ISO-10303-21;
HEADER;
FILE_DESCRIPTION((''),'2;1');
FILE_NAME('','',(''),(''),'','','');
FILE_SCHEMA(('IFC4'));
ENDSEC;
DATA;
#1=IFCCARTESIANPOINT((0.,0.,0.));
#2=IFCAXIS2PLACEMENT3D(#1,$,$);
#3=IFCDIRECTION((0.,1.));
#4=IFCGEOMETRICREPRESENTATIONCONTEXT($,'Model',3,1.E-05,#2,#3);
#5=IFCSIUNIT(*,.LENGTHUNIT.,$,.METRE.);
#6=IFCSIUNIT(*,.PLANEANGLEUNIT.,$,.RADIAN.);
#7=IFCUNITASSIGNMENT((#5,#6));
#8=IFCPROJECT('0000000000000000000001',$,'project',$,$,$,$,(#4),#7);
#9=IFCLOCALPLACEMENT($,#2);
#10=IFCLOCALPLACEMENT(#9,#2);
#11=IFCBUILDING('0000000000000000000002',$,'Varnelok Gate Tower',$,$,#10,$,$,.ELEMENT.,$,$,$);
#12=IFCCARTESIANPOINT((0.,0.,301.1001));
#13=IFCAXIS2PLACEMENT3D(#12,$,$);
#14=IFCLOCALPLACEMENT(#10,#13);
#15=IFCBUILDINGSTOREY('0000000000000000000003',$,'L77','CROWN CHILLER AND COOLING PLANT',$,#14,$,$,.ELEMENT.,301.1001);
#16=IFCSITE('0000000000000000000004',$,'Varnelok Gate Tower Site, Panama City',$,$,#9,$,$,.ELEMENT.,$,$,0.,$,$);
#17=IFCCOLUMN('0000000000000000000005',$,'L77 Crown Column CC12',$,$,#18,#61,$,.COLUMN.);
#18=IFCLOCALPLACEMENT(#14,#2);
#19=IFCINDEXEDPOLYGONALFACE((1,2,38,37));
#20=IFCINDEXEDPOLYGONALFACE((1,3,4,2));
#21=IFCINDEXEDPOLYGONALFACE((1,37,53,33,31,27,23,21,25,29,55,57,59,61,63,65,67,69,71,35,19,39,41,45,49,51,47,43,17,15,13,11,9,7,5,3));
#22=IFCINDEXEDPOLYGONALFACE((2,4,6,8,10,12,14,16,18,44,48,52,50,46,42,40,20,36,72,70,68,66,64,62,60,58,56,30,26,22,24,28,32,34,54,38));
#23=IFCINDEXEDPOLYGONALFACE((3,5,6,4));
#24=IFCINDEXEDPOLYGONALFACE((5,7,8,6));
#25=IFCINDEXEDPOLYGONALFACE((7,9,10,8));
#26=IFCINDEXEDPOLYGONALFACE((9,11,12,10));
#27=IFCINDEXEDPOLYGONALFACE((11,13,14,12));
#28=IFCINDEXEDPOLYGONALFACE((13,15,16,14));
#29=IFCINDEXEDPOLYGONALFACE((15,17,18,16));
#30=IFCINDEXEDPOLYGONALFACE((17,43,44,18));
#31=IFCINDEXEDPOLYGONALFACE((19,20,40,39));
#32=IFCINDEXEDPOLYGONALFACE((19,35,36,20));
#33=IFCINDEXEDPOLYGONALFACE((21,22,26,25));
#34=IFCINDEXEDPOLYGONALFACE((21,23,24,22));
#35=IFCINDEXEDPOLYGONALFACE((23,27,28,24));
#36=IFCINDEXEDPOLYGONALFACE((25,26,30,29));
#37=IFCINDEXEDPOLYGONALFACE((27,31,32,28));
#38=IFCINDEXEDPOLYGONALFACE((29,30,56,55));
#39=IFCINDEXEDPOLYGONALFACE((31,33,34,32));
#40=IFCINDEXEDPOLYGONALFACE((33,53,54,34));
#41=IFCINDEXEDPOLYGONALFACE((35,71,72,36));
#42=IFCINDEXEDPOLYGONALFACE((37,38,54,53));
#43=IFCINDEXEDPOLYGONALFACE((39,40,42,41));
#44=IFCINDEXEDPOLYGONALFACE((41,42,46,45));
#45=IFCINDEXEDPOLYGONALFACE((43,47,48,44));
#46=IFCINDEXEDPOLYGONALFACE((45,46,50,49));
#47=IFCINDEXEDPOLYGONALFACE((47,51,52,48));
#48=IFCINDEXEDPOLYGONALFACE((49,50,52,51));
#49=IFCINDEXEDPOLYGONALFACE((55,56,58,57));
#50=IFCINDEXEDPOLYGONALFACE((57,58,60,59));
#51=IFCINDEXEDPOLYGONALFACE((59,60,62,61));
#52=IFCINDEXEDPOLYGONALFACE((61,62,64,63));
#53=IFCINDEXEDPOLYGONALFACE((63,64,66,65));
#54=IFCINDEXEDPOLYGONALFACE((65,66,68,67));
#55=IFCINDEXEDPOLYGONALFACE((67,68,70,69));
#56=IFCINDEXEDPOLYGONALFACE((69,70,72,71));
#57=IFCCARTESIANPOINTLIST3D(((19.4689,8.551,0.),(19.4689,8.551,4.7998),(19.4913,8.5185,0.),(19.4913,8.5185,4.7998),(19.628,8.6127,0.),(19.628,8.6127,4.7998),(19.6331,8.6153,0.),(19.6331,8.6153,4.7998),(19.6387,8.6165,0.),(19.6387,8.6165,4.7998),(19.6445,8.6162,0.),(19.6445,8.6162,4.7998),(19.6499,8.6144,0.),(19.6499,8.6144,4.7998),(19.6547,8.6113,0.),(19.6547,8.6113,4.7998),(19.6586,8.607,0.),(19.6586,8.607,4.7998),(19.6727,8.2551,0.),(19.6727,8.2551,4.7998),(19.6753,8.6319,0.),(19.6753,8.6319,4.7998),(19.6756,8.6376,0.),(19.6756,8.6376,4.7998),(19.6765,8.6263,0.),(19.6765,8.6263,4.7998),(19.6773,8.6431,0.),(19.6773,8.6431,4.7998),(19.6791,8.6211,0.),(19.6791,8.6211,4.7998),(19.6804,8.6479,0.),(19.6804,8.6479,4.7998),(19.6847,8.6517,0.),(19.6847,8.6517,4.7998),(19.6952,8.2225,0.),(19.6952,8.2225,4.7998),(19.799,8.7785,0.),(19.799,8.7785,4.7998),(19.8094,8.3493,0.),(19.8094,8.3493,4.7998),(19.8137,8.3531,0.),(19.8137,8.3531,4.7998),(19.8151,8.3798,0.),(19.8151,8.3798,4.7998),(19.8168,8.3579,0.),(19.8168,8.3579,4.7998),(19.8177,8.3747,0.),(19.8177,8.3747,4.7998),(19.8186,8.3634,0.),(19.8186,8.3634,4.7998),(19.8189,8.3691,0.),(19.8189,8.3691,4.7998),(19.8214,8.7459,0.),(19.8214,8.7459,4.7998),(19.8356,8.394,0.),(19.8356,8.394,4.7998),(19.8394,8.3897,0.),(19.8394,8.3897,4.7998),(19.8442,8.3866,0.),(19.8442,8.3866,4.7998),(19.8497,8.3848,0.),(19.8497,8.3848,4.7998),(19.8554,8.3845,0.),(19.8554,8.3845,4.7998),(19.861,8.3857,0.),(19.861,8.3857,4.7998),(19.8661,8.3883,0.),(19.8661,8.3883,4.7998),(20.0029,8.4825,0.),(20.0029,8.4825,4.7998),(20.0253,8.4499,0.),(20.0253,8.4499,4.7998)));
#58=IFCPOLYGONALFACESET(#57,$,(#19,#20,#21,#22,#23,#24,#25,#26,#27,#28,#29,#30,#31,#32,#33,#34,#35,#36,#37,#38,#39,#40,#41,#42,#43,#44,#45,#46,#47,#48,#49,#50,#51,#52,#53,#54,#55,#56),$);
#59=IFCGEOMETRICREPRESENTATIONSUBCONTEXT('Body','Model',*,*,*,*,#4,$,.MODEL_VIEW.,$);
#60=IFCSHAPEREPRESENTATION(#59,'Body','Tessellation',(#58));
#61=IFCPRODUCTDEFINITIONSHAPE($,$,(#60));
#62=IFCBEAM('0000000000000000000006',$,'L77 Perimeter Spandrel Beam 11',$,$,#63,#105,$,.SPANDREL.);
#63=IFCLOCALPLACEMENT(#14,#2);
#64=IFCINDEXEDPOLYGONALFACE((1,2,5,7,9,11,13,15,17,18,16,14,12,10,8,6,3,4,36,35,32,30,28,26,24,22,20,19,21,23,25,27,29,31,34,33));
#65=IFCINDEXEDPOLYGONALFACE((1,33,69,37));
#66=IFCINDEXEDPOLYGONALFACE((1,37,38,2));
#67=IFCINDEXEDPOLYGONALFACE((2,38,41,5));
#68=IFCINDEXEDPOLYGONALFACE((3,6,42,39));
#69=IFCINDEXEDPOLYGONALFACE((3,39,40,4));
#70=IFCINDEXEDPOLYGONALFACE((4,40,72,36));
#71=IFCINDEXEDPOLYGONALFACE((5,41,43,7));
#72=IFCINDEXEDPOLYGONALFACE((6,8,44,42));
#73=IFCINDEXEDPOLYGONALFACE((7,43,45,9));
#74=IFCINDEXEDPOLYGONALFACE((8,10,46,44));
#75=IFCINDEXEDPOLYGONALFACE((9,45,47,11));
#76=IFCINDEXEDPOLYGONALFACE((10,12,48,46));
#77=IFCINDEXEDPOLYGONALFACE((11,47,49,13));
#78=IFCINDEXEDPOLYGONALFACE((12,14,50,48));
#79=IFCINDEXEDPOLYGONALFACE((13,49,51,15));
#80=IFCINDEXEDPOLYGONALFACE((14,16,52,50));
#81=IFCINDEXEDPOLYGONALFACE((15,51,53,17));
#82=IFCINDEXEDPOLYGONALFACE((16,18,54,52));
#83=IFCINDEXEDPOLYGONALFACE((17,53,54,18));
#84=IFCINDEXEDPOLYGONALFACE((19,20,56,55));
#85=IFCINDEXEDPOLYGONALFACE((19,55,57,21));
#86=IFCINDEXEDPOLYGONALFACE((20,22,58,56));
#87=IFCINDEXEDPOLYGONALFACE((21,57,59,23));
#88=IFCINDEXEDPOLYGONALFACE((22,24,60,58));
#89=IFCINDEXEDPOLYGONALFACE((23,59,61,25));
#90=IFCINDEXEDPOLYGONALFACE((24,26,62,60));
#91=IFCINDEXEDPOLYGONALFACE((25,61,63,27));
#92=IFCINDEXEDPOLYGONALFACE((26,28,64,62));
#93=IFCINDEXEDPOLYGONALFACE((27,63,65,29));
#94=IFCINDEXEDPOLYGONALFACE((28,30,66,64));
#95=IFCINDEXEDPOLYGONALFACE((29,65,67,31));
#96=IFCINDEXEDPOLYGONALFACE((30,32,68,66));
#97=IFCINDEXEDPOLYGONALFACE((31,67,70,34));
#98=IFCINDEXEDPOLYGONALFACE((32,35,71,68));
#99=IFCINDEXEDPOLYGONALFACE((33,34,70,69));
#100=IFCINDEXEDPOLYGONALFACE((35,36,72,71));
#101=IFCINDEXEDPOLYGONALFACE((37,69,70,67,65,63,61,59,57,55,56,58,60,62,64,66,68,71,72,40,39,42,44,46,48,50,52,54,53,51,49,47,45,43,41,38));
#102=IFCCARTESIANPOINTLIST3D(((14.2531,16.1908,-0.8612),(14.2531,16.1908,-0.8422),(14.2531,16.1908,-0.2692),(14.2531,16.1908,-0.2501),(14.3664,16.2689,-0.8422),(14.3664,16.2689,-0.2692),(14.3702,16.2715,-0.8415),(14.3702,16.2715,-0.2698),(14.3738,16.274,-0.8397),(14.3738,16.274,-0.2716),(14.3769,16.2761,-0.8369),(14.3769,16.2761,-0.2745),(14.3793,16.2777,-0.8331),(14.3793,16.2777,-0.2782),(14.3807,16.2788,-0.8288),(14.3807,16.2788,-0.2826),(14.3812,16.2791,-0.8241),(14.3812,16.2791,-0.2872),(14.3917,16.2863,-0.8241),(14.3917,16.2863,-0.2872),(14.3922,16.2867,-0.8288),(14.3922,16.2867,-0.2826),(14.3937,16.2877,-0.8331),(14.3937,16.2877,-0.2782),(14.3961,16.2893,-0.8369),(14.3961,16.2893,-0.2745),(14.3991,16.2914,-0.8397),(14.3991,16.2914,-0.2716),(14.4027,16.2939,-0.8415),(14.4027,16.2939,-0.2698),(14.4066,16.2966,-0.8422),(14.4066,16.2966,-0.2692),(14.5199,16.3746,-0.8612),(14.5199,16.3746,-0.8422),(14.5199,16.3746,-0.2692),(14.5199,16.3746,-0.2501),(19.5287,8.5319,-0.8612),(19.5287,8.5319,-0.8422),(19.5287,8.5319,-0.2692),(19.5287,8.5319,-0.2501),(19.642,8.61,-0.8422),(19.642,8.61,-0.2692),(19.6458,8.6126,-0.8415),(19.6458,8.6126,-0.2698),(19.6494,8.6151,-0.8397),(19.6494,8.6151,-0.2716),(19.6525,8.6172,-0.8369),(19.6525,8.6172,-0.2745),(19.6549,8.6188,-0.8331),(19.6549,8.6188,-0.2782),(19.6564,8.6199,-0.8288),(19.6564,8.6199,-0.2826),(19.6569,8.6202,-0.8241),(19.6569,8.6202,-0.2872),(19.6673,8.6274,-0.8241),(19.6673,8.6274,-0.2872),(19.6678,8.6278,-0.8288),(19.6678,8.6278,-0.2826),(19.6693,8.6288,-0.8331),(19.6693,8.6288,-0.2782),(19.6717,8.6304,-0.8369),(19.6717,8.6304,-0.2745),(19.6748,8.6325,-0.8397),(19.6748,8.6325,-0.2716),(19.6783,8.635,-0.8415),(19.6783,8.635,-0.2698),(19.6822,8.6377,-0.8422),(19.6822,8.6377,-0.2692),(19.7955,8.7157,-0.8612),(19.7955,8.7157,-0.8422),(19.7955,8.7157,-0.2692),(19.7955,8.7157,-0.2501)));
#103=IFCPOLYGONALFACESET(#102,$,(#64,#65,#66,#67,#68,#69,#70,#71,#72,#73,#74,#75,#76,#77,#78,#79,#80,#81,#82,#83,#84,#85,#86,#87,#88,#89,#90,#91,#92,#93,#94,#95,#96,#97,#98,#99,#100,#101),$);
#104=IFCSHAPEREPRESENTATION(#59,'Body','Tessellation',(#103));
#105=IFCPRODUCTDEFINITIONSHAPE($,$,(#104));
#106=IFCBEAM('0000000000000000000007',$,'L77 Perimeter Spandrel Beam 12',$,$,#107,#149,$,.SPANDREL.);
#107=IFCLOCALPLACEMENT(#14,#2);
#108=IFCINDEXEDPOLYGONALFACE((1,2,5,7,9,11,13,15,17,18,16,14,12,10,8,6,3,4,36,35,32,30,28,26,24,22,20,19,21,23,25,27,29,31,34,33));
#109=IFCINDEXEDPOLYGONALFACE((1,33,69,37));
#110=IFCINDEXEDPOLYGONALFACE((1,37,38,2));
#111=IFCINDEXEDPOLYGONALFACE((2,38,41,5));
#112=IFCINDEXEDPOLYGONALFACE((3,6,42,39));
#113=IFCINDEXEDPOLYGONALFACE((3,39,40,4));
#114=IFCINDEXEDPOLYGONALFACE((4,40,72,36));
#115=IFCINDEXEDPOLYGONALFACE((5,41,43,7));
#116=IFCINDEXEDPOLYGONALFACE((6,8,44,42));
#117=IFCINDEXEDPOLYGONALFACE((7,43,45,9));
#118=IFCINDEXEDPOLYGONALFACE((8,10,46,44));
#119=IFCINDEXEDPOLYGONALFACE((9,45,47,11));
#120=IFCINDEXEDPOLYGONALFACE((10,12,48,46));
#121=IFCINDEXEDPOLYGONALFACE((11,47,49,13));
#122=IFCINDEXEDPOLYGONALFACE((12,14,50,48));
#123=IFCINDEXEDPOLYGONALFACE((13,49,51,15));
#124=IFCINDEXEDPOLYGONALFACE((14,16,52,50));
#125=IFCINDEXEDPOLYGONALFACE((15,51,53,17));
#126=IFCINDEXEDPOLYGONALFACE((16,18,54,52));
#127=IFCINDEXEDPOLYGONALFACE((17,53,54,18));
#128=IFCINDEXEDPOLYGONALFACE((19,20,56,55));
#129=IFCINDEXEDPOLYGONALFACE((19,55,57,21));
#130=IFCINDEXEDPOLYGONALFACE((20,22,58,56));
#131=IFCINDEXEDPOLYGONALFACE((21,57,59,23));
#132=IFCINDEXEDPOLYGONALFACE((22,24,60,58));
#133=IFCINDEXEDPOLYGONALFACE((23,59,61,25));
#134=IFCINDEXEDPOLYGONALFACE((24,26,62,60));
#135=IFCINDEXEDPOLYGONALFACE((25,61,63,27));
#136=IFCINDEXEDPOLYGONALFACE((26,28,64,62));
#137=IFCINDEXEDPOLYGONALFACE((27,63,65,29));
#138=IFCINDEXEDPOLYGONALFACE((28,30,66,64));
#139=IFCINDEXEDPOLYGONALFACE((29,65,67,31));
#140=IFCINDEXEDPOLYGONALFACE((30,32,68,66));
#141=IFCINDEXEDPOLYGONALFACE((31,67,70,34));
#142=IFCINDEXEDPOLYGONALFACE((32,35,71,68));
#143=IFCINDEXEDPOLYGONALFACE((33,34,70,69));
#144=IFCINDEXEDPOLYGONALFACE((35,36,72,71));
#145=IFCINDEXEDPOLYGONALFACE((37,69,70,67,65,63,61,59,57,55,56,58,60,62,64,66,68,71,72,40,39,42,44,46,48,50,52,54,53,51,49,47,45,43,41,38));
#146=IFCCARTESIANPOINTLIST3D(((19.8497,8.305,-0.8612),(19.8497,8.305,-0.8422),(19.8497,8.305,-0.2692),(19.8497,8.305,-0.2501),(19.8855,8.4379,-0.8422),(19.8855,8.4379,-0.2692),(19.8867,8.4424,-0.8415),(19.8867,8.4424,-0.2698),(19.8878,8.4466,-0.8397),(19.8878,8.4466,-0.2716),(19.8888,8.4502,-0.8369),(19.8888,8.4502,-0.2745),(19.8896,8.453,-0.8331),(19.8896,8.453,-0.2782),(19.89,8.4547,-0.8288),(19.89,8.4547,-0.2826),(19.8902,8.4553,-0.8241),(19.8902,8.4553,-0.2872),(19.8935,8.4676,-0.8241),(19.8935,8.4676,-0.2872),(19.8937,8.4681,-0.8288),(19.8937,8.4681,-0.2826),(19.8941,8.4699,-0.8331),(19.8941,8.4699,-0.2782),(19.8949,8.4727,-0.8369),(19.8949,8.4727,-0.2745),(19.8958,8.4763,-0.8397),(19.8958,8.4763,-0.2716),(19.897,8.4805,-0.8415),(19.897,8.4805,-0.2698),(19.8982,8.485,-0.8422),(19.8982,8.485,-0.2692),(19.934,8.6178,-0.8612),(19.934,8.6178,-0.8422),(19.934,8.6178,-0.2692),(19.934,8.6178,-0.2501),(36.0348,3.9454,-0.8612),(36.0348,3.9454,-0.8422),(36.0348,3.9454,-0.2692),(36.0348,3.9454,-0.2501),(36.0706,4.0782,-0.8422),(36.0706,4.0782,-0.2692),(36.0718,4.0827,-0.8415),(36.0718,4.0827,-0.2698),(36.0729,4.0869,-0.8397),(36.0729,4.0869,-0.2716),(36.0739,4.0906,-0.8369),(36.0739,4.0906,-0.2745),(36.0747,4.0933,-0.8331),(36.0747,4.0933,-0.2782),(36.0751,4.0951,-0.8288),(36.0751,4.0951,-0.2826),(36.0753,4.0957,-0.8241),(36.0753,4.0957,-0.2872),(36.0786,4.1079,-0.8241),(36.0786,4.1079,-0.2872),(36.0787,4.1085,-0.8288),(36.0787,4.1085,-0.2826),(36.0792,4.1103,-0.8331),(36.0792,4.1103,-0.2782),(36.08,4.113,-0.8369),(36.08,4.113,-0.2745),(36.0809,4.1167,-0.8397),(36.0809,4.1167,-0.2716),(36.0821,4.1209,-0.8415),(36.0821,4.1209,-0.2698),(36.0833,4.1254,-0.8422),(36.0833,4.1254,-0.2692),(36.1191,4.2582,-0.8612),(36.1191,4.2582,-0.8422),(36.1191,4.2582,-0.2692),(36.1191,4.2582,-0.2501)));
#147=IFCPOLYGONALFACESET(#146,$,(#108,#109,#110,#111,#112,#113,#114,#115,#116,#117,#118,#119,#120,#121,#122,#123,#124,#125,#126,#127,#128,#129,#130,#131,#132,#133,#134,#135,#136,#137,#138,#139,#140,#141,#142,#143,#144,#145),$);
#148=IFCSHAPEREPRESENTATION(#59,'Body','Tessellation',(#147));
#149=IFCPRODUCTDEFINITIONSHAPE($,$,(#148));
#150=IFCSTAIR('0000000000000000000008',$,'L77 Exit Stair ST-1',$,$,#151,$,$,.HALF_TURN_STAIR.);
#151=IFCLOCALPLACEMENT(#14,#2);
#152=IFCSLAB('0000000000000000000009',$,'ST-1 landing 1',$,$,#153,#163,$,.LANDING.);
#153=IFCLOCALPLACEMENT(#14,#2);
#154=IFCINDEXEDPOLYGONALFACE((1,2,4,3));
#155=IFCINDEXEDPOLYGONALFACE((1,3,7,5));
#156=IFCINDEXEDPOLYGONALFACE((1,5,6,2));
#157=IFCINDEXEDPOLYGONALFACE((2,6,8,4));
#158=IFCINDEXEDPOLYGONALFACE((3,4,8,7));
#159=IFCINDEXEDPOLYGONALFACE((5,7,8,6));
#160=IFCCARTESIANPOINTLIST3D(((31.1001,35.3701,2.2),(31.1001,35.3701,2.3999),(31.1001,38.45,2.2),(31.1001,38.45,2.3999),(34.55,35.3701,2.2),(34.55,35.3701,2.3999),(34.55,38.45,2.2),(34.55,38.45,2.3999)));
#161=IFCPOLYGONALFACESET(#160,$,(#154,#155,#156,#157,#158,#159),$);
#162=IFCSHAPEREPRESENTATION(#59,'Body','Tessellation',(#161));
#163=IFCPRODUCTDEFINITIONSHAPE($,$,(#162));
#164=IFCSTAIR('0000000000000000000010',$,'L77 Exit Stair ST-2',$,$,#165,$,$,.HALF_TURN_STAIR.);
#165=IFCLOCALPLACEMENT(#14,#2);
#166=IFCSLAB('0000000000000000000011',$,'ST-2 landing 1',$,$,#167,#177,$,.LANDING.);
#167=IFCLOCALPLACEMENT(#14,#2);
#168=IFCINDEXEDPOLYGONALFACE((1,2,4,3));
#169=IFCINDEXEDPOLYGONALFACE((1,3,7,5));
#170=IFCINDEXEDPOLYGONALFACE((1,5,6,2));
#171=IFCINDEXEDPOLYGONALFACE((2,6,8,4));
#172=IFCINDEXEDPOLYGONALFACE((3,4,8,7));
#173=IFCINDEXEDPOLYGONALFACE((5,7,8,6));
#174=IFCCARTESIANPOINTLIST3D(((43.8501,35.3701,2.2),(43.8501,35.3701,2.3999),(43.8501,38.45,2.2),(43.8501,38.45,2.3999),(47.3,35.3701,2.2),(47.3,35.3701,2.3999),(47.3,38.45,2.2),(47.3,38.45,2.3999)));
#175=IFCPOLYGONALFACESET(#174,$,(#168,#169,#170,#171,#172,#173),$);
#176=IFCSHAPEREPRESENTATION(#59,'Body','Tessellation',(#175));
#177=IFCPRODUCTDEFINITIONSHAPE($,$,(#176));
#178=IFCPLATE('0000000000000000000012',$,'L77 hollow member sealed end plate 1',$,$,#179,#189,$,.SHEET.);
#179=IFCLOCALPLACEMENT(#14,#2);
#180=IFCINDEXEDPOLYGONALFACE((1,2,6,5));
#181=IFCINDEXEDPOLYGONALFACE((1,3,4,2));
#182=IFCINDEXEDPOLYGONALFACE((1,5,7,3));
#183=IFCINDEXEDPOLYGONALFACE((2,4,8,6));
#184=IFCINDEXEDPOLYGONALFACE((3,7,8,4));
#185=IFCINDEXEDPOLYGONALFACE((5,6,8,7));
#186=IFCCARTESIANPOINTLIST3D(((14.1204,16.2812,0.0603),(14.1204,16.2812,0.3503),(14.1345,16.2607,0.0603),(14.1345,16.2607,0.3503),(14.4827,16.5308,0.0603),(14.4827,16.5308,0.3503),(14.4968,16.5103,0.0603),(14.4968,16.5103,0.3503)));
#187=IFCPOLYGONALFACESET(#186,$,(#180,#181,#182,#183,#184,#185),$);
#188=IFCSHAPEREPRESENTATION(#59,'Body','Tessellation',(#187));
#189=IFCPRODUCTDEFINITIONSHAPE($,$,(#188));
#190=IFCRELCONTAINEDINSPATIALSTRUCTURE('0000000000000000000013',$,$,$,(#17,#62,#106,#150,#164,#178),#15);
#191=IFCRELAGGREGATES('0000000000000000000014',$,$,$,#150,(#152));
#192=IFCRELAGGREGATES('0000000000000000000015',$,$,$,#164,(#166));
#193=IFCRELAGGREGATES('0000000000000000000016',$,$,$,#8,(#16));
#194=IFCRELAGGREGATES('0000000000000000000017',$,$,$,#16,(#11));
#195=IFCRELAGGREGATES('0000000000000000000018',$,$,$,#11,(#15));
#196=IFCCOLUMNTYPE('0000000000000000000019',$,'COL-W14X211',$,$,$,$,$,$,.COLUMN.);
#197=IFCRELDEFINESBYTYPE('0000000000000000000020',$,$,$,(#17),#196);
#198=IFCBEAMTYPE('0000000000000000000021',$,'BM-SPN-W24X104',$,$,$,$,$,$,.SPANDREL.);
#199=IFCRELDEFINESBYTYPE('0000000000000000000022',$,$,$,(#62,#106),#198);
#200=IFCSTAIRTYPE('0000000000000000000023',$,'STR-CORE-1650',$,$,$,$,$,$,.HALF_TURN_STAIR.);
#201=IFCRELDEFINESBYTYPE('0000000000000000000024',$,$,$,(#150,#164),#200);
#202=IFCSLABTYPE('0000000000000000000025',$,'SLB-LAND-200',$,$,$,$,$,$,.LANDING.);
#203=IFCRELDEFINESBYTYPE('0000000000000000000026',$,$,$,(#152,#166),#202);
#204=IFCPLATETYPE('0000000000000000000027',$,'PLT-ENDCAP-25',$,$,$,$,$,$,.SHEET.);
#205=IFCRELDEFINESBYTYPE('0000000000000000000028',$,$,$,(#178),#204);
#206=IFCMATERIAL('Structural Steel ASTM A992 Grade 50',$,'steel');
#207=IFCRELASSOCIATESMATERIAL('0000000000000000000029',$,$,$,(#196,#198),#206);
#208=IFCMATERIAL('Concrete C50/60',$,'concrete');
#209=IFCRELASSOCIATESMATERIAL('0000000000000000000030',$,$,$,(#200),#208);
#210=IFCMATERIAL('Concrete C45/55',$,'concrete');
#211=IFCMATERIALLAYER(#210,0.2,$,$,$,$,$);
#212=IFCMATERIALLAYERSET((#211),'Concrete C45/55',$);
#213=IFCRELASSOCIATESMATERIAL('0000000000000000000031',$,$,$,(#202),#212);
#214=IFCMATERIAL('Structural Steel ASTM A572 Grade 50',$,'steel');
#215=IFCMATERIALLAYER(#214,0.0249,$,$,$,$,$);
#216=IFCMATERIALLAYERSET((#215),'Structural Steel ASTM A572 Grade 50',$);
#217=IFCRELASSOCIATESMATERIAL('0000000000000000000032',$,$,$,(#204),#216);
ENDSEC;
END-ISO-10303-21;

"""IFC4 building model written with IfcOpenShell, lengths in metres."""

from ifc_helpers import new_model, si_unit, direction, frame, origin, origin_2d, place, context, subcontext, project, spatial, polyline, rectangle, i_section, outline, extrude, source, transform, mapped, material, layer, layer_set, material_profile, profile_set, type_object, element, aggregate, save


model = new_model("IFC4")

# Units and contexts
model_context = context("Model", 3, precision=1e-05, world=origin(), true_north=direction((0.0, 1.0)))
body_context = subcontext(model_context, "Body", "Model", "MODEL_VIEW")
ifc_project = project(units=[si_unit("LENGTHUNIT", "METRE"), si_unit("PLANEANGLEUNIT", "RADIAN")], contexts=[model_context])

# Site, building, storey
site_placement = place(None, origin())
site = spatial("IfcSite", under=ifc_project, at=site_placement, Name="Varnelok Gate Tower Site, Panama City", CompositionType="ELEMENT", RefElevation=0.0)
building_placement = place(site_placement, origin())
building = spatial("IfcBuilding", under=site, at=building_placement, Name="Varnelok Gate Tower", CompositionType="ELEMENT")
storey_placement = place(building_placement, frame((0.0, 0.0, 301.1001)))
storey = spatial("IfcBuildingStorey", under=building, at=storey_placement, Name="L77", Description="CROWN CHILLER AND COOLING PLANT", CompositionType="ELEMENT", Elevation=301.1001)

# Column
ifc_material_1 = material(Name="Structural Steel ASTM A992 Grade 50", Category="steel")
ifc_material_profile_1 = material_profile(ifc_material_1, i_section(OverallWidth=0.4009, OverallDepth=0.3989, WebThickness=0.0249, FlangeThickness=0.0396, FilletRadius=0.022, at=origin_2d()), Name="W14X211")
ifc_profile_set_1 = profile_set([ifc_material_profile_1], Name="Structural Steel ASTM A992 Grade 50")
column_type = type_object("IfcColumnType", Name="COL-W14X211", PredefinedType="COLUMN", material=ifc_profile_set_1)
column_placement = place(storey_placement, frame((19.7471, 8.5005, 0.0), z_axis=(0.0, 0.0, 1.0), x_axis=(0.823533, 0.567269, 0.0)))
element("IfcColumn", 1, at=column_placement, inside=storey, type_object=column_type, Name="L77 Crown Column CC12", PredefinedType="COLUMN", context=body_context, shape_type="SweptSolid", body=[
    extrude(i_section(OverallWidth=0.4009, OverallDepth=0.3989, WebThickness=0.0249, FlangeThickness=0.0396, FilletRadius=0.022, at=origin_2d()), origin(), (0.0, 0.0, 1.0), 4.7998),
])

# Beams
ifc_material_profile_2 = material_profile(ifc_material_1, i_section(OverallWidth=0.324, OverallDepth=0.6111, WebThickness=0.0127, FlangeThickness=0.019, FilletRadius=0.0181, at=origin_2d()), Name="W24X104")
ifc_profile_set_2 = profile_set([ifc_material_profile_2], Name="Structural Steel ASTM A992 Grade 50")
beam_type = type_object("IfcBeamType", Name="BM-SPN-W24X104", PredefinedType="SPANDREL", material=ifc_profile_set_2)
beam_1_placement = place(storey_placement, frame((14.3865, 16.2827, -0.5557), z_axis=(0.567267, -0.823534, 0.0), x_axis=(0.823534, 0.567267, 0.0)))
element("IfcBeam", 2, at=beam_1_placement, inside=storey, type_object=beam_type, Name="L77 Perimeter Spandrel Beam 11", PredefinedType="SPANDREL", context=body_context, shape_type="SweptSolid", body=[
    extrude(i_section(OverallWidth=0.324, OverallDepth=0.6111, WebThickness=0.0127, FlangeThickness=0.019, FilletRadius=0.0181, at=origin_2d()), origin(), (0.0, 0.0, 1.0), 9.3),
])
beam_2_placement = place(storey_placement, frame((19.8918, 8.4614, -0.5557), z_axis=(0.965584, -0.26009, 0.0), x_axis=(0.26009, 0.965584, 0.0)))
element("IfcBeam", 3, at=beam_2_placement, inside=storey, type_object=beam_type, Name="L77 Perimeter Spandrel Beam 12", PredefinedType="SPANDREL", context=body_context, shape_type="SweptSolid", body=[
    extrude(i_section(OverallWidth=0.324, OverallDepth=0.6111, WebThickness=0.0127, FlangeThickness=0.019, FilletRadius=0.0181, at=origin_2d()), origin(), (0.0, 0.0, 1.0), 16.762),
])

# Stairs, slabs
ifc_material_2 = material(Name="Concrete C50/60", Category="concrete")
stair_type = type_object("IfcStairType", Name="STR-CORE-1650", PredefinedType="HALF_TURN_STAIR", material=ifc_material_2)
stair_1_placement = place(storey_placement, origin())
stair_1 = element("IfcStair", 4, at=stair_1_placement, inside=storey, type_object=stair_type, Name="L77 Exit Stair ST-1", PredefinedType="HALF_TURN_STAIR")
ifc_material_3 = material(Name="Concrete C45/55", Category="concrete")
ifc_layer_1 = layer(ifc_material_3, 0.2)
ifc_layer_set_1 = layer_set([ifc_layer_1], Name="Concrete C45/55")
slab_type_1 = type_object("IfcSlabType", Name="SLB-LAND-200", PredefinedType="LANDING", material=ifc_layer_set_1)
slab_1_placement = place(storey_placement, frame((0.0, 0.0, 2.2)))
slab_1 = element("IfcSlab", 5, at=slab_1_placement, type_object=slab_type_1, Name="ST-1 landing 1", PredefinedType="LANDING", context=body_context, shape_type="SweptSolid", body=[
    extrude(outline(polyline([(34.55, 35.3701), (34.55, 38.45), (31.1001, 38.45), (31.1001, 35.3701), (34.55, 35.3701)])), origin(), (0.0, 0.0, 1.0), 0.2),
])
aggregate(stair_1, [slab_1])
stair_2_placement = place(storey_placement, origin())
stair_2 = element("IfcStair", 6, at=stair_2_placement, inside=storey, type_object=stair_type, Name="L77 Exit Stair ST-2", PredefinedType="HALF_TURN_STAIR")
slab_2_placement = place(storey_placement, frame((0.0, 0.0, 2.2)))
slab_2 = element("IfcSlab", 7, at=slab_2_placement, type_object=slab_type_1, Name="ST-2 landing 1", PredefinedType="LANDING", context=body_context, shape_type="SweptSolid", body=[
    extrude(outline(polyline([(47.3, 35.3701), (47.3, 38.45), (43.8501, 38.45), (43.8501, 35.3701), (47.3, 35.3701)])), origin(), (0.0, 0.0, 1.0), 0.2),
])
aggregate(stair_2, [slab_2])

# Plate
ifc_material_4 = material(Name="Structural Steel ASTM A572 Grade 50", Category="steel")
ifc_layer_2 = layer(ifc_material_4, 0.0249)
ifc_layer_set_2 = layer_set([ifc_layer_2], Name="Structural Steel ASTM A572 Grade 50")
plate_type_1 = type_object("IfcPlateType", Name="PLT-ENDCAP-25", PredefinedType="SHEET", material=ifc_layer_set_2)
shared_shape_1 = source(origin(), body_context, "Body", "SweptSolid", [
    extrude(rectangle(XDim=0.0249, YDim=0.4399, at=origin_2d()), origin(), (0.0, 0.0, 1.0), 0.29),
])
for number, where, z_axis, x_axis, name in (
    (8, (14.3086, 16.3958, 0.0603), (0.0, 0.0, 1.0), (0.567269, -0.823533, 0.0), "L77 hollow member sealed end plate 1"),
):
    element("IfcPlate", number, at=place(storey_placement, frame(where, z_axis=z_axis, x_axis=x_axis)), inside=storey, type_object=plate_type_1, Name=name, PredefinedType="SHEET", context=body_context, shape_type="MappedRepresentation", body=[
        mapped(shared_shape_1, transform((0.0, 0.0, 0.0), scale=1.0)),
    ])

save(model, "model.ifc")
